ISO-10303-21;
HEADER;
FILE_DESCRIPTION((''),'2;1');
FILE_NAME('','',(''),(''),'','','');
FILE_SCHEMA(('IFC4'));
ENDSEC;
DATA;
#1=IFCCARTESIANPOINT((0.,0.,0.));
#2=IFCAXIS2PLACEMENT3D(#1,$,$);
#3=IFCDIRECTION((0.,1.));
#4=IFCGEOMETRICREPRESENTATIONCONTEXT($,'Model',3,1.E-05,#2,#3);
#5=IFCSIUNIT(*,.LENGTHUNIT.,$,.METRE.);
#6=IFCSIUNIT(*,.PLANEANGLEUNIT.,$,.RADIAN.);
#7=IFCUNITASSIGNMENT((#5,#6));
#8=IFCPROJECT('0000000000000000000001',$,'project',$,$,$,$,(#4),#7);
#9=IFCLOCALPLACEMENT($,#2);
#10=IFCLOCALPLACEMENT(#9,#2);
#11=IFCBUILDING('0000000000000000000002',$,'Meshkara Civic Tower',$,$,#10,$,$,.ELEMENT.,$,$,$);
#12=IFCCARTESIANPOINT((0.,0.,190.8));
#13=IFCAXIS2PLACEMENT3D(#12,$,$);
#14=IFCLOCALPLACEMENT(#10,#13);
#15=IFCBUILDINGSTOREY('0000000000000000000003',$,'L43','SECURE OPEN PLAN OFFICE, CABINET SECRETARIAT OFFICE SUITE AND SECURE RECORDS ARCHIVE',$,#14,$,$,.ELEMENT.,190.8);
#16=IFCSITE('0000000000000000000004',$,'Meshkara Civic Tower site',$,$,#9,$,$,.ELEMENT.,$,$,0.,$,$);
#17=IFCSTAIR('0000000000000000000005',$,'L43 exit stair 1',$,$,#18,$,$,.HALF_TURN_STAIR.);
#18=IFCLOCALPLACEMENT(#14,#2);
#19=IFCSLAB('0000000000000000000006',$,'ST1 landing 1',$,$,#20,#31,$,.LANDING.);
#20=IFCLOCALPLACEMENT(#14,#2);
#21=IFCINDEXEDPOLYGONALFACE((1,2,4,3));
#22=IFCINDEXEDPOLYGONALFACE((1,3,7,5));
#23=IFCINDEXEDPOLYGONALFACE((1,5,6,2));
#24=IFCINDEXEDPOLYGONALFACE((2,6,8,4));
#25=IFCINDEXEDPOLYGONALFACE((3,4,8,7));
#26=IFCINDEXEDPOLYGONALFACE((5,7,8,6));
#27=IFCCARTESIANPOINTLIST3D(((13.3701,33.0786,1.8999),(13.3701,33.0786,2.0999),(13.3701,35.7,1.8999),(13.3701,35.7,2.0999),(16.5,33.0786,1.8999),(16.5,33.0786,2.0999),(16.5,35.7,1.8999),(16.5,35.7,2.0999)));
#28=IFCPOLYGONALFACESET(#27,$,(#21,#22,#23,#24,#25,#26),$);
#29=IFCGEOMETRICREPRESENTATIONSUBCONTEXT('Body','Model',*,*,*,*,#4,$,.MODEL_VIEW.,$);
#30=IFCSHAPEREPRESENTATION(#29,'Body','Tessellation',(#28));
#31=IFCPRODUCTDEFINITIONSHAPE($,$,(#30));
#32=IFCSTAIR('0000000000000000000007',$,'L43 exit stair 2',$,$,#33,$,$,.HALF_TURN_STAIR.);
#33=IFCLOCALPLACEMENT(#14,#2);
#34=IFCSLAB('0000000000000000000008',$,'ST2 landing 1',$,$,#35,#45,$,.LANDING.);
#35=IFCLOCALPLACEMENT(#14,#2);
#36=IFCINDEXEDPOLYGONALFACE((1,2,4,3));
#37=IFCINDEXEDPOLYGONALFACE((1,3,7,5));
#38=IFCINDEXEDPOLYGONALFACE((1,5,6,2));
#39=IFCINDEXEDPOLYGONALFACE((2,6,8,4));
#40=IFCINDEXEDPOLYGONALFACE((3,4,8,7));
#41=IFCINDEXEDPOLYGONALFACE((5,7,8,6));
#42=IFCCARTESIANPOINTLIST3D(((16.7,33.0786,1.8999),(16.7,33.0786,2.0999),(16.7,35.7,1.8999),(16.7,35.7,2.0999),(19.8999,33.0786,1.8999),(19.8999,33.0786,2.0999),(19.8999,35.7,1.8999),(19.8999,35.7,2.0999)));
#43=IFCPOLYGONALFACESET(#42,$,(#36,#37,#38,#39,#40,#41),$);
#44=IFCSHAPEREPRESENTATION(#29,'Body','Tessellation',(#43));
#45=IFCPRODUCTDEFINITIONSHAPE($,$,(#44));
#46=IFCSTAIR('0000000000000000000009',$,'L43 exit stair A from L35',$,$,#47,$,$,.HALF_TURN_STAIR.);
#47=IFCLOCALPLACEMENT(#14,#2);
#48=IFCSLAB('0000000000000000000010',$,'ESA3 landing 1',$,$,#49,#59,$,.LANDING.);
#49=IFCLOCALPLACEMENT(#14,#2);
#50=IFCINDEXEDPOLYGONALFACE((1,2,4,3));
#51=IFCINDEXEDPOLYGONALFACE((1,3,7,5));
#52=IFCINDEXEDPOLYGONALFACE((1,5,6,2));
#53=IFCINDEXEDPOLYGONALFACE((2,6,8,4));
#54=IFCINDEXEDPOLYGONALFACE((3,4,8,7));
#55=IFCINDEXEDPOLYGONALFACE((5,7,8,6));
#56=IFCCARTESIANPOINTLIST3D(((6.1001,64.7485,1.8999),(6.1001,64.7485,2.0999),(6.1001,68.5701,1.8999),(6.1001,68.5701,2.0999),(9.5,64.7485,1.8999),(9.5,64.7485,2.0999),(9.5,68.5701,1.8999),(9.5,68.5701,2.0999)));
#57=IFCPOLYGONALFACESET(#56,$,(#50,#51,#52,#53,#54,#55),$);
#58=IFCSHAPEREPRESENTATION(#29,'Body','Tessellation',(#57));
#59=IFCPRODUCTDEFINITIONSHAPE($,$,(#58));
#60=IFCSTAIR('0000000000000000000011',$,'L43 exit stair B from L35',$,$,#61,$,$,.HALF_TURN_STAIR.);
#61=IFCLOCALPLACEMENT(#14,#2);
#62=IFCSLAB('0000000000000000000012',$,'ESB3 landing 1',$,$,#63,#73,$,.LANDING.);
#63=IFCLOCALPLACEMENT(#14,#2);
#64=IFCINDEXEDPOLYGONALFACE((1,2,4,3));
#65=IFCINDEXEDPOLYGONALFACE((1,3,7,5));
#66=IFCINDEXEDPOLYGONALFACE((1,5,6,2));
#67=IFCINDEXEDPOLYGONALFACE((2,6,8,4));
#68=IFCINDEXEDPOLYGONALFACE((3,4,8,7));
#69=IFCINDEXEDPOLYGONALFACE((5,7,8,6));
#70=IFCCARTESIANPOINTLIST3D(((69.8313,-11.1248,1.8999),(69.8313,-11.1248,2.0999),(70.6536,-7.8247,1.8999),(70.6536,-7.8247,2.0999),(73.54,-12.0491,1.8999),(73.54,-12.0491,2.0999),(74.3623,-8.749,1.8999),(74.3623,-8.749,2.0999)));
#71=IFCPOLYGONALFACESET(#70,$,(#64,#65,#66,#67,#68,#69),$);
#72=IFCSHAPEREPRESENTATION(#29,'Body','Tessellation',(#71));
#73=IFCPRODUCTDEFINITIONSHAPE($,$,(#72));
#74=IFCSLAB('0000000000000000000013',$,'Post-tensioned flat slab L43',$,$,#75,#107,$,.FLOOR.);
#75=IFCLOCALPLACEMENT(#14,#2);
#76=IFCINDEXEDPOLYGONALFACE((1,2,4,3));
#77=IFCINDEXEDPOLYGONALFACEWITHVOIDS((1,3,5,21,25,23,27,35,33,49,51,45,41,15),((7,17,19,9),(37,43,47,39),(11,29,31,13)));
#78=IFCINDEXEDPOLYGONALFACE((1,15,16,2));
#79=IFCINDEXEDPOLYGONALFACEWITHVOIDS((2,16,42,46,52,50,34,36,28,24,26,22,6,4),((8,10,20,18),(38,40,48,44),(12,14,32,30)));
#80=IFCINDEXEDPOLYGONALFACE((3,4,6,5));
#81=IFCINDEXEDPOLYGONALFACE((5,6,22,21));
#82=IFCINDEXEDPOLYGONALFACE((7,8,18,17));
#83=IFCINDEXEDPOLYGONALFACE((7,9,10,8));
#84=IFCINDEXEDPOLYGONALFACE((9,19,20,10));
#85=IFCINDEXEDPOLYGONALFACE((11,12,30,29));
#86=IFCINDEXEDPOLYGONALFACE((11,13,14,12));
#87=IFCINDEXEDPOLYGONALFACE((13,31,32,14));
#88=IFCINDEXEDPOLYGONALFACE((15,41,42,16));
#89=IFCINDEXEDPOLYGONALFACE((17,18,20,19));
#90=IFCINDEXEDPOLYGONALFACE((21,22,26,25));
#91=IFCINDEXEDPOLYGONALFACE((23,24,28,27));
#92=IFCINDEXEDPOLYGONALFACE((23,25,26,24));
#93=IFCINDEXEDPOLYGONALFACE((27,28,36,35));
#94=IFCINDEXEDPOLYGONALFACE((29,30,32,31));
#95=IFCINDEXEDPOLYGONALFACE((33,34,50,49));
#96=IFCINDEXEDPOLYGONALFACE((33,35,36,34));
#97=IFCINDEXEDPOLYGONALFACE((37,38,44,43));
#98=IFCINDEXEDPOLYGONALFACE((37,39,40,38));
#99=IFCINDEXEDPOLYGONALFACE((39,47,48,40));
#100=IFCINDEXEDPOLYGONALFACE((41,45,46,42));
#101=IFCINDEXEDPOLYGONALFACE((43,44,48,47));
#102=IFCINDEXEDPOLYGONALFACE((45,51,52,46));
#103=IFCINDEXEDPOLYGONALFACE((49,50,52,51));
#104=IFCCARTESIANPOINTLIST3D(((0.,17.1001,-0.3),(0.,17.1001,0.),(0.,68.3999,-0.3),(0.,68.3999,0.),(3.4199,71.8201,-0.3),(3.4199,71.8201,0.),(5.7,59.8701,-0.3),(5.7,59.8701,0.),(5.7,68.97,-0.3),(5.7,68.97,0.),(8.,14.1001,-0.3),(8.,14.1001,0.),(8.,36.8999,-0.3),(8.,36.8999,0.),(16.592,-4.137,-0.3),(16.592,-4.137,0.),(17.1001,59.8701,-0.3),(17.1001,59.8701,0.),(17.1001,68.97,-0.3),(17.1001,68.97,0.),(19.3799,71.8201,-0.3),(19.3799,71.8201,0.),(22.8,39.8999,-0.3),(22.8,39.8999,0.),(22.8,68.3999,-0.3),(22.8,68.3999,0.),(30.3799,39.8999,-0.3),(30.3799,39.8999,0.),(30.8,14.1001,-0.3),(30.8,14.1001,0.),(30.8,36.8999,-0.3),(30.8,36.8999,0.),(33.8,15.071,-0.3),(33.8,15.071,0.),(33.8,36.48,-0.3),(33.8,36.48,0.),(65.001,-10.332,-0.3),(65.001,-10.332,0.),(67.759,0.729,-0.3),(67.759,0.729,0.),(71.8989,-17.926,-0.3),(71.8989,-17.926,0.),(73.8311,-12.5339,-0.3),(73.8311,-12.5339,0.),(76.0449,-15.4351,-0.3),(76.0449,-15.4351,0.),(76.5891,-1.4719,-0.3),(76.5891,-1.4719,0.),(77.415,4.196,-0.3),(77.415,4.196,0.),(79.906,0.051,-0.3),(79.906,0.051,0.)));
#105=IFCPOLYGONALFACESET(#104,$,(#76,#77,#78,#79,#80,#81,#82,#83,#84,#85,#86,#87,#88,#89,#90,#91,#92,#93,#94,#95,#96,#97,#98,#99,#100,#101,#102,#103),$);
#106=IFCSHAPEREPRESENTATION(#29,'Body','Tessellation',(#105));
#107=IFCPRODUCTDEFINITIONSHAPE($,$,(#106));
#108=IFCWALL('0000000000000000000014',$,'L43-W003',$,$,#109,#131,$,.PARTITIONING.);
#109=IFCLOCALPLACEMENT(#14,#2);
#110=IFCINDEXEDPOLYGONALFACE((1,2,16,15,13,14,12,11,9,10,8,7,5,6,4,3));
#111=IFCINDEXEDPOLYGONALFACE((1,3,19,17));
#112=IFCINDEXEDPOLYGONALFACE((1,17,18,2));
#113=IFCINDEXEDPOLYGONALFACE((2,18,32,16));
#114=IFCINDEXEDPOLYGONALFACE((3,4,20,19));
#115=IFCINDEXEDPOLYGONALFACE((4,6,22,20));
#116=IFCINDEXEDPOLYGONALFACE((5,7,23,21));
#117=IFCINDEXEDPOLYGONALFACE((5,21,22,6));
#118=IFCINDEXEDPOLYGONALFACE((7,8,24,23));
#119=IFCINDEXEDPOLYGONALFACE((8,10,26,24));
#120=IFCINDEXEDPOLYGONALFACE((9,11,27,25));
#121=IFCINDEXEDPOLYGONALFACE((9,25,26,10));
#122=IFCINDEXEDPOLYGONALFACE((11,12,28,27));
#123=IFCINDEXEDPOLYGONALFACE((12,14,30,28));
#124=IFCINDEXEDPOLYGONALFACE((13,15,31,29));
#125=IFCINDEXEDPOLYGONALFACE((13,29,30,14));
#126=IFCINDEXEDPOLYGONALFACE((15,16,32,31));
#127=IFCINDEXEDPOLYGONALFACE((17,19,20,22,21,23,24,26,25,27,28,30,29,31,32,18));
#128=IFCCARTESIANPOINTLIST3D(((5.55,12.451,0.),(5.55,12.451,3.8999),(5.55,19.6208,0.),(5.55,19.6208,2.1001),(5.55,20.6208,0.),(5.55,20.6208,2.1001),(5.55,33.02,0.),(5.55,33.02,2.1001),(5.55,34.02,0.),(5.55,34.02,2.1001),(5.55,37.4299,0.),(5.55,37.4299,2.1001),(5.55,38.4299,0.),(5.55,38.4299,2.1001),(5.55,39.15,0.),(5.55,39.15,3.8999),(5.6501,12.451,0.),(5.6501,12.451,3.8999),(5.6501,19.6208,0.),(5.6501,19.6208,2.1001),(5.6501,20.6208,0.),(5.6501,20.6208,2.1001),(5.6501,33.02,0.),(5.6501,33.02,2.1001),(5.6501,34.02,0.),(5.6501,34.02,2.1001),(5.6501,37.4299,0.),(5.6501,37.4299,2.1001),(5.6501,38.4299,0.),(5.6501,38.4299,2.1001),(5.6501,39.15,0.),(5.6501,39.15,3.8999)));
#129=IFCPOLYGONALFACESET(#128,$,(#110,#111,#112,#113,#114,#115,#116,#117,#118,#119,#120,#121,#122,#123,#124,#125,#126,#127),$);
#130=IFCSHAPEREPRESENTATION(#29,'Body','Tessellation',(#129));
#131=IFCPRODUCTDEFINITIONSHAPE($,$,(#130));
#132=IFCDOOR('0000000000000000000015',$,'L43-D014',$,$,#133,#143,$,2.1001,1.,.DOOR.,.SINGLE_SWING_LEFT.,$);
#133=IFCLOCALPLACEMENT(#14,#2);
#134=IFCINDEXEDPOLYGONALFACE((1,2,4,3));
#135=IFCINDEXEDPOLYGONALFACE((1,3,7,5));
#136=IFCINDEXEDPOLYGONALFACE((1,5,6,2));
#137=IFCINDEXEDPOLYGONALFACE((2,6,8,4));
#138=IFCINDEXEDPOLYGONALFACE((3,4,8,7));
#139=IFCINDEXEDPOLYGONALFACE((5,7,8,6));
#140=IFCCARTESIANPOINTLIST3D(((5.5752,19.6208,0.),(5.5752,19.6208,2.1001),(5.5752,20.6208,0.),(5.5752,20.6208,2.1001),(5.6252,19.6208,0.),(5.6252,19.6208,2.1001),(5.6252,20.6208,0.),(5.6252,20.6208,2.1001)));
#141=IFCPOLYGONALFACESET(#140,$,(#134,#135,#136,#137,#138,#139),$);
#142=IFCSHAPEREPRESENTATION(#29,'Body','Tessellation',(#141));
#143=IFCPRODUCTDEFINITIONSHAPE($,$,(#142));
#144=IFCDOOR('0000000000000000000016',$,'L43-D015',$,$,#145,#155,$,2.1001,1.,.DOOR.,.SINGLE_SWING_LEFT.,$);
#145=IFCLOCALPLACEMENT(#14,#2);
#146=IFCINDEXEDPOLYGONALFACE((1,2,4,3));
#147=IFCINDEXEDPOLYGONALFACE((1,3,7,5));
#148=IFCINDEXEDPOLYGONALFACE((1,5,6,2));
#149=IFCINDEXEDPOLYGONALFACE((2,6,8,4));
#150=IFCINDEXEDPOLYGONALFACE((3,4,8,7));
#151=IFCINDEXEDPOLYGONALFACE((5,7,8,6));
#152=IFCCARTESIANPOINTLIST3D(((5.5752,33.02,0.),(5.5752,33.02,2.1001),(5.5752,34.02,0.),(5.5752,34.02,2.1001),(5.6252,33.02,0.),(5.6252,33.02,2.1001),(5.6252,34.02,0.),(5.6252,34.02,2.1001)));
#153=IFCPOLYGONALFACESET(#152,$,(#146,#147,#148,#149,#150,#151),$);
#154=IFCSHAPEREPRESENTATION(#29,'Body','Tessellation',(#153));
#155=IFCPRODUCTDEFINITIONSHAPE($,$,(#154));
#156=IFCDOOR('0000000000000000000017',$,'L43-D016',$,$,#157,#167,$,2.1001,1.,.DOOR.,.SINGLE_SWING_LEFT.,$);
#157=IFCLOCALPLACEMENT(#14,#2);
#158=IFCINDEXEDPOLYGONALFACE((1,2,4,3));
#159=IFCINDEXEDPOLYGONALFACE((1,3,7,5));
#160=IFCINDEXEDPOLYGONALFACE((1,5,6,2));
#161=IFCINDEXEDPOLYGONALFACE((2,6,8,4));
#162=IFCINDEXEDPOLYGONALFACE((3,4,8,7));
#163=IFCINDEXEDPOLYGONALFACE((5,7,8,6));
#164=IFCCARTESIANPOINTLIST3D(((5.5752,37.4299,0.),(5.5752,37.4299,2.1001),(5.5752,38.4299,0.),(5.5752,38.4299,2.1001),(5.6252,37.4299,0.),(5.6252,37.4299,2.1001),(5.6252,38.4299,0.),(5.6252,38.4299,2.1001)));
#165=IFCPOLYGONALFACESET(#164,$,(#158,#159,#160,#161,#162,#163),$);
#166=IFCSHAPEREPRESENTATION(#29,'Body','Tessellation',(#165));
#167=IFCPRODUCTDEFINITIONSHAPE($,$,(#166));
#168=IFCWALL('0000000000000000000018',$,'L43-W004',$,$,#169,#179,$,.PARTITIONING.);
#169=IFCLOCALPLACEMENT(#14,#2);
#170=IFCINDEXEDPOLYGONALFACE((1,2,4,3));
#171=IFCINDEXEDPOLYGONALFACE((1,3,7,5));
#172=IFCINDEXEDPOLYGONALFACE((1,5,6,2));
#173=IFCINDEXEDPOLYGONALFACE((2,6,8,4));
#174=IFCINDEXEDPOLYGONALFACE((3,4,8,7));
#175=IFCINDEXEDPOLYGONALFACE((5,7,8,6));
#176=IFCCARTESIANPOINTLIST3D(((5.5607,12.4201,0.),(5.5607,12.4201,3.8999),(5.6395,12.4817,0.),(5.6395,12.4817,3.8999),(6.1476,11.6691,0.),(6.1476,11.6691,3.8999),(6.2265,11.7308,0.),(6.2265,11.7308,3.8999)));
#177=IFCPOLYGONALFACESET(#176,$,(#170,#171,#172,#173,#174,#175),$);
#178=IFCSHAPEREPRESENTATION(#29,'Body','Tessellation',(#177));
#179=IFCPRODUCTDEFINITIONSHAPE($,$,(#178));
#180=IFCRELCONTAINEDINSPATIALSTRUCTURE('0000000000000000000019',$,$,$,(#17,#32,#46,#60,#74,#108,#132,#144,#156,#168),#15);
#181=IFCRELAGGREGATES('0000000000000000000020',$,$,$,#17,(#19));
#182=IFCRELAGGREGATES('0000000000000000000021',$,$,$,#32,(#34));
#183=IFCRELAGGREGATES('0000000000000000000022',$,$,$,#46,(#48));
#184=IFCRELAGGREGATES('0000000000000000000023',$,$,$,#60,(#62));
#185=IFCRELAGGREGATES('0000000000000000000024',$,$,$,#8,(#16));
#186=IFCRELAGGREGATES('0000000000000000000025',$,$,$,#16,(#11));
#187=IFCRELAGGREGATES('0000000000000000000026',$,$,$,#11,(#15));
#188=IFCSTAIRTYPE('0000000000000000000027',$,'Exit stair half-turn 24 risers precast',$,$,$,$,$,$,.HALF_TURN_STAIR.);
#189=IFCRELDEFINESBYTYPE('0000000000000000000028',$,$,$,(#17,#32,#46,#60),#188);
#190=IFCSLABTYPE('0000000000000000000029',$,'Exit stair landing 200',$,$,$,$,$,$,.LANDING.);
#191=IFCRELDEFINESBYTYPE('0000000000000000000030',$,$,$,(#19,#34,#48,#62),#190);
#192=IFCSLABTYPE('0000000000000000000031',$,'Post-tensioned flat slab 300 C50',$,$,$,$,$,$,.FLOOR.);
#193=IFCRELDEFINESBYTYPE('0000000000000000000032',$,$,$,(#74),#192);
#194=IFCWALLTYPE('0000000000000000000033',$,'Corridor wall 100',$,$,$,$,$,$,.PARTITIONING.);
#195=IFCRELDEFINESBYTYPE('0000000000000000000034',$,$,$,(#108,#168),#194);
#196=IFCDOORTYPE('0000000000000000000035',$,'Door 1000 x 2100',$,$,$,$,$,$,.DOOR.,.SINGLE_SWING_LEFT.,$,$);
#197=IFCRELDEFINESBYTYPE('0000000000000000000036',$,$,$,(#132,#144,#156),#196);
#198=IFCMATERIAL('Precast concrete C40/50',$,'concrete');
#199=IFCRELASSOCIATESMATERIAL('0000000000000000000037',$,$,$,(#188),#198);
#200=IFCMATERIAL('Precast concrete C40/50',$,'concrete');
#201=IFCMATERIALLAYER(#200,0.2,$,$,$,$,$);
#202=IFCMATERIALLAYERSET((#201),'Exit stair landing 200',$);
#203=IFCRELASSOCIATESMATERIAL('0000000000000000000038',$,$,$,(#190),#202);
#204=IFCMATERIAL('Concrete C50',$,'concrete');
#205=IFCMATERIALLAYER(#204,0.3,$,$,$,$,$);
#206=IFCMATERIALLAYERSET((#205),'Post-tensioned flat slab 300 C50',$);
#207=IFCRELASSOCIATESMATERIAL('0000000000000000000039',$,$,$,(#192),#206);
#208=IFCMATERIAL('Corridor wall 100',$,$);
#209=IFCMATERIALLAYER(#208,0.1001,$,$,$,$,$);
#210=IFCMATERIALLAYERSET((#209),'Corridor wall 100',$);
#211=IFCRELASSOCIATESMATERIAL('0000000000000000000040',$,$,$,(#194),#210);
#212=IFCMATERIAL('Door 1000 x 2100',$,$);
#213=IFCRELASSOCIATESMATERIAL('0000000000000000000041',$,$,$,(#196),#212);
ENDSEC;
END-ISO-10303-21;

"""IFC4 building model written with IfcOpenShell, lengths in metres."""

from ifc_helpers import new_model, si_unit, direction, frame, frame_2d, origin, place, context, subcontext, project, spatial, polyline, rectangle, outline, extrude, material, layer, layer_set, type_object, element, fill, aggregate, save


model = new_model("IFC4")

# Units and contexts
model_context = context("Model", 3, precision=1e-05, world=origin(), true_north=direction((0.0, 1.0)))
body_context = subcontext(model_context, "Body", "Model", "MODEL_VIEW")
ifc_project = project(units=[si_unit("LENGTHUNIT", "METRE"), si_unit("PLANEANGLEUNIT", "RADIAN")], contexts=[model_context])

# Site, building, storey
site_placement = place(None, origin())
site = spatial("IfcSite", under=ifc_project, at=site_placement, Name="Meshkara Civic Tower site", CompositionType="ELEMENT", RefElevation=0.0)
building_placement = place(site_placement, origin())
building = spatial("IfcBuilding", under=site, at=building_placement, Name="Meshkara Civic Tower", CompositionType="ELEMENT")
storey_placement = place(building_placement, frame((0.0, 0.0, 190.8)))
storey = spatial("IfcBuildingStorey", under=building, at=storey_placement, Name="L43", Description="SECURE OPEN PLAN OFFICE, CABINET SECRETARIAT OFFICE SUITE AND SECURE RECORDS ARCHIVE", CompositionType="ELEMENT", Elevation=190.8)

# Stairs, slabs
ifc_material_1 = material(Name="Precast concrete C40/50", Category="concrete")
stair_type = type_object("IfcStairType", Name="Exit stair half-turn 24 risers precast", PredefinedType="HALF_TURN_STAIR", material=ifc_material_1)
stair_1_placement = place(storey_placement, origin())
stair_1 = element("IfcStair", 1, at=stair_1_placement, inside=storey, type_object=stair_type, Name="L43 exit stair 1", PredefinedType="HALF_TURN_STAIR")
ifc_material_2 = material(Name="Precast concrete C40/50", Category="concrete")
ifc_layer_1 = layer(ifc_material_2, 0.2)
ifc_layer_set_1 = layer_set([ifc_layer_1], Name="Exit stair landing 200")
slab_type_1 = type_object("IfcSlabType", Name="Exit stair landing 200", PredefinedType="LANDING", material=ifc_layer_set_1)
slab_1_placement = place(storey_placement, frame((0.0, 0.0, 1.8999)))
slab_1 = element("IfcSlab", 2, at=slab_1_placement, type_object=slab_type_1, Name="ST1 landing 1", PredefinedType="LANDING", context=body_context, shape_type="SweptSolid", body=[
    extrude(outline(polyline([(16.5, 33.0786), (16.5, 35.7), (13.3701, 35.7), (13.3701, 33.0786), (16.5, 33.0786)])), origin(), (0.0, 0.0, 1.0), 0.2),
])
aggregate(stair_1, [slab_1])
stair_2_placement = place(storey_placement, origin())
stair_2 = element("IfcStair", 3, at=stair_2_placement, inside=storey, type_object=stair_type, Name="L43 exit stair 2", PredefinedType="HALF_TURN_STAIR")
slab_2_placement = place(storey_placement, frame((0.0, 0.0, 1.8999)))
slab_2 = element("IfcSlab", 4, at=slab_2_placement, type_object=slab_type_1, Name="ST2 landing 1", PredefinedType="LANDING", context=body_context, shape_type="SweptSolid", body=[
    extrude(outline(polyline([(19.8999, 33.0786), (19.8999, 35.7), (16.7, 35.7), (16.7, 33.0786), (19.8999, 33.0786)])), origin(), (0.0, 0.0, 1.0), 0.2),
])
aggregate(stair_2, [slab_2])
stair_3_placement = place(storey_placement, origin())
stair_3 = element("IfcStair", 5, at=stair_3_placement, inside=storey, type_object=stair_type, Name="L43 exit stair A from L35", PredefinedType="HALF_TURN_STAIR")
slab_3_placement = place(storey_placement, frame((0.0, 0.0, 1.8999)))
slab_3 = element("IfcSlab", 6, at=slab_3_placement, type_object=slab_type_1, Name="ESA3 landing 1", PredefinedType="LANDING", context=body_context, shape_type="SweptSolid", body=[
    extrude(outline(polyline([(9.5, 64.7485), (9.5, 68.5701), (6.1001, 68.5701), (6.1001, 64.7485), (9.5, 64.7485)])), origin(), (0.0, 0.0, 1.0), 0.2),
])
aggregate(stair_3, [slab_3])
stair_4_placement = place(storey_placement, origin())
stair_4 = element("IfcStair", 7, at=stair_4_placement, inside=storey, type_object=stair_type, Name="L43 exit stair B from L35", PredefinedType="HALF_TURN_STAIR")
slab_4_placement = place(storey_placement, frame((0.0, 0.0, 1.8999)))
slab_4 = element("IfcSlab", 8, at=slab_4_placement, type_object=slab_type_1, Name="ESB3 landing 1", PredefinedType="LANDING", context=body_context, shape_type="SweptSolid", body=[
    extrude(outline(polyline([(69.8313, -11.1248), (73.54, -12.0491), (74.3623, -8.749), (70.6536, -7.8247), (69.8313, -11.1248)])), origin(), (0.0, 0.0, 1.0), 0.2),
])
aggregate(stair_4, [slab_4])

# Slab
ifc_material_3 = material(Name="Concrete C50", Category="concrete")
ifc_layer_2 = layer(ifc_material_3, 0.3)
ifc_layer_set_2 = layer_set([ifc_layer_2], Name="Post-tensioned flat slab 300 C50")
slab_type_2 = type_object("IfcSlabType", Name="Post-tensioned flat slab 300 C50", PredefinedType="FLOOR", material=ifc_layer_set_2)
slab_5_placement = place(storey_placement, frame((0.0, 0.0, -0.3)))
element("IfcSlab", 9, at=slab_5_placement, inside=storey, type_object=slab_type_2, Name="Post-tensioned flat slab L43", PredefinedType="FLOOR", context=body_context, shape_type="SweptSolid", body=[
    extrude(outline(polyline([(76.0449, -15.4351), (71.8989, -17.926), (16.592, -4.137), (0.0, 17.1001), (0.0, 68.3999), (3.4199, 71.8201), (19.3799, 71.8201), (22.8, 68.3999), (22.8, 39.8999), (30.3799, 39.8999), (33.8, 36.48), (33.8, 15.071), (77.415, 4.196), (79.906, 0.051), (76.0449, -15.4351)]), holes=[polyline([(73.8311, -12.5339), (76.5891, -1.4719), (67.759, 0.729), (65.001, -10.332), (73.8311, -12.5339)]), polyline([(8.0, 14.1001), (30.8, 14.1001), (30.8, 36.8999), (8.0, 36.8999), (8.0, 14.1001)]), polyline([(5.7, 68.97), (5.7, 59.8701), (17.1001, 59.8701), (17.1001, 68.97), (5.7, 68.97)])]), origin(), (0.0, 0.0, 1.0), 0.3),
])

# Wall, openings, doors
ifc_material_4 = material(Name="Corridor wall 100")
ifc_layer_3 = layer(ifc_material_4, 0.1001)
ifc_layer_set_3 = layer_set([ifc_layer_3], Name="Corridor wall 100")
wall_type_1 = type_object("IfcWallType", Name="Corridor wall 100", PredefinedType="PARTITIONING", material=ifc_layer_set_3)
wall_1_placement = place(storey_placement, frame((5.6001, 12.4509, 0.0), z_axis=(0.0, 0.0, 1.0), x_axis=(0.0, 1.0, 0.0)))
wall_1 = element("IfcWall", 10, at=wall_1_placement, inside=storey, type_object=wall_type_1, Name="L43-W003", PredefinedType="PARTITIONING", context=body_context, shape_type="SweptSolid", body=[
    extrude(rectangle(XDim=26.699, YDim=0.1001, at=frame_2d((13.3496, 0.0))), origin(), (0.0, 0.0, 1.0), 3.8999),
])
opening_1_placement = place(wall_1_placement, frame((7.1699, 0.0, 0.0)))
opening_1 = element("IfcOpeningElement", 11, at=opening_1_placement, cuts=wall_1, PredefinedType="OPENING", context=body_context, shape_type="SweptSolid", body=[
    extrude(rectangle(XDim=1.0, YDim=2.1001, at=frame_2d((0.5, 1.05))), frame((0.0, 0.0601, 0.0), z_axis=(0.0, -1.0, 0.0), x_axis=(1.0, 0.0, 0.0)), (0.0, 0.0, 1.0), 0.1201),
])
opening_2_placement = place(wall_1_placement, frame((20.5691, 0.0, 0.0)))
opening_2 = element("IfcOpeningElement", 12, at=opening_2_placement, cuts=wall_1, PredefinedType="OPENING", context=body_context, shape_type="SweptSolid", body=[
    extrude(rectangle(XDim=1.0, YDim=2.1001, at=frame_2d((0.5, 1.05))), frame((0.0, 0.0601, 0.0), z_axis=(0.0, -1.0, 0.0), x_axis=(1.0, 0.0, 0.0)), (0.0, 0.0, 1.0), 0.1201),
])
opening_3_placement = place(wall_1_placement, frame((24.979, 0.0, 0.0)))
opening_3 = element("IfcOpeningElement", 13, at=opening_3_placement, cuts=wall_1, PredefinedType="OPENING", context=body_context, shape_type="SweptSolid", body=[
    extrude(rectangle(XDim=1.0, YDim=2.1001, at=frame_2d((0.5, 1.05))), frame((0.0, 0.0601, 0.0), z_axis=(0.0, -1.0, 0.0), x_axis=(1.0, 0.0, 0.0)), (0.0, 0.0, 1.0), 0.1201),
])
ifc_material_5 = material(Name="Door 1000 x 2100")
door_type = type_object("IfcDoorType", Name="Door 1000 x 2100", OperationType="SINGLE_SWING_LEFT", PredefinedType="DOOR", material=ifc_material_5)
door_1_placement = place(opening_1_placement, origin())
door_1 = element("IfcDoor", 14, at=door_1_placement, inside=storey, type_object=door_type, Name="L43-D014", OperationType="SINGLE_SWING_LEFT", OverallHeight=2.1001, OverallWidth=1.0, PredefinedType="DOOR", context=body_context, shape_type="SweptSolid", body=[
    extrude(rectangle(XDim=1.0, YDim=2.1001, at=frame_2d((0.5, 1.05))), frame((0.0, 0.0249, 0.0), z_axis=(0.0, -1.0, 0.0), x_axis=(1.0, 0.0, 0.0)), (0.0, 0.0, 1.0), 0.05),
])
fill(opening_1, door_1)
door_2_placement = place(opening_2_placement, origin())
door_2 = element("IfcDoor", 15, at=door_2_placement, inside=storey, type_object=door_type, Name="L43-D015", OperationType="SINGLE_SWING_LEFT", OverallHeight=2.1001, OverallWidth=1.0, PredefinedType="DOOR", context=body_context, shape_type="SweptSolid", body=[
    extrude(rectangle(XDim=1.0, YDim=2.1001, at=frame_2d((0.5, 1.05))), frame((0.0, 0.0249, 0.0), z_axis=(0.0, -1.0, 0.0), x_axis=(1.0, 0.0, 0.0)), (0.0, 0.0, 1.0), 0.05),
])
fill(opening_2, door_2)
door_3_placement = place(opening_3_placement, origin())
door_3 = element("IfcDoor", 16, at=door_3_placement, inside=storey, type_object=door_type, Name="L43-D016", OperationType="SINGLE_SWING_LEFT", OverallHeight=2.1001, OverallWidth=1.0, PredefinedType="DOOR", context=body_context, shape_type="SweptSolid", body=[
    extrude(rectangle(XDim=1.0, YDim=2.1001, at=frame_2d((0.5, 1.05))), frame((0.0, 0.0249, 0.0), z_axis=(0.0, -1.0, 0.0), x_axis=(1.0, 0.0, 0.0)), (0.0, 0.0, 1.0), 0.05),
])
fill(opening_3, door_3)

# Wall
wall_2_placement = place(storey_placement, frame((5.6001, 12.4509, 0.0), z_axis=(0.0, 0.0, 1.0), x_axis=(0.615783, -0.787916, 0.0)))
element("IfcWall", 17, at=wall_2_placement, inside=storey, type_object=wall_type_1, Name="L43-W004", PredefinedType="PARTITIONING", context=body_context, shape_type="SweptSolid", body=[
    extrude(rectangle(XDim=0.9531, YDim=0.1001, at=frame_2d((0.4766, 0.0))), origin(), (0.0, 0.0, 1.0), 3.8999),
])

save(model, "model.ifc")
